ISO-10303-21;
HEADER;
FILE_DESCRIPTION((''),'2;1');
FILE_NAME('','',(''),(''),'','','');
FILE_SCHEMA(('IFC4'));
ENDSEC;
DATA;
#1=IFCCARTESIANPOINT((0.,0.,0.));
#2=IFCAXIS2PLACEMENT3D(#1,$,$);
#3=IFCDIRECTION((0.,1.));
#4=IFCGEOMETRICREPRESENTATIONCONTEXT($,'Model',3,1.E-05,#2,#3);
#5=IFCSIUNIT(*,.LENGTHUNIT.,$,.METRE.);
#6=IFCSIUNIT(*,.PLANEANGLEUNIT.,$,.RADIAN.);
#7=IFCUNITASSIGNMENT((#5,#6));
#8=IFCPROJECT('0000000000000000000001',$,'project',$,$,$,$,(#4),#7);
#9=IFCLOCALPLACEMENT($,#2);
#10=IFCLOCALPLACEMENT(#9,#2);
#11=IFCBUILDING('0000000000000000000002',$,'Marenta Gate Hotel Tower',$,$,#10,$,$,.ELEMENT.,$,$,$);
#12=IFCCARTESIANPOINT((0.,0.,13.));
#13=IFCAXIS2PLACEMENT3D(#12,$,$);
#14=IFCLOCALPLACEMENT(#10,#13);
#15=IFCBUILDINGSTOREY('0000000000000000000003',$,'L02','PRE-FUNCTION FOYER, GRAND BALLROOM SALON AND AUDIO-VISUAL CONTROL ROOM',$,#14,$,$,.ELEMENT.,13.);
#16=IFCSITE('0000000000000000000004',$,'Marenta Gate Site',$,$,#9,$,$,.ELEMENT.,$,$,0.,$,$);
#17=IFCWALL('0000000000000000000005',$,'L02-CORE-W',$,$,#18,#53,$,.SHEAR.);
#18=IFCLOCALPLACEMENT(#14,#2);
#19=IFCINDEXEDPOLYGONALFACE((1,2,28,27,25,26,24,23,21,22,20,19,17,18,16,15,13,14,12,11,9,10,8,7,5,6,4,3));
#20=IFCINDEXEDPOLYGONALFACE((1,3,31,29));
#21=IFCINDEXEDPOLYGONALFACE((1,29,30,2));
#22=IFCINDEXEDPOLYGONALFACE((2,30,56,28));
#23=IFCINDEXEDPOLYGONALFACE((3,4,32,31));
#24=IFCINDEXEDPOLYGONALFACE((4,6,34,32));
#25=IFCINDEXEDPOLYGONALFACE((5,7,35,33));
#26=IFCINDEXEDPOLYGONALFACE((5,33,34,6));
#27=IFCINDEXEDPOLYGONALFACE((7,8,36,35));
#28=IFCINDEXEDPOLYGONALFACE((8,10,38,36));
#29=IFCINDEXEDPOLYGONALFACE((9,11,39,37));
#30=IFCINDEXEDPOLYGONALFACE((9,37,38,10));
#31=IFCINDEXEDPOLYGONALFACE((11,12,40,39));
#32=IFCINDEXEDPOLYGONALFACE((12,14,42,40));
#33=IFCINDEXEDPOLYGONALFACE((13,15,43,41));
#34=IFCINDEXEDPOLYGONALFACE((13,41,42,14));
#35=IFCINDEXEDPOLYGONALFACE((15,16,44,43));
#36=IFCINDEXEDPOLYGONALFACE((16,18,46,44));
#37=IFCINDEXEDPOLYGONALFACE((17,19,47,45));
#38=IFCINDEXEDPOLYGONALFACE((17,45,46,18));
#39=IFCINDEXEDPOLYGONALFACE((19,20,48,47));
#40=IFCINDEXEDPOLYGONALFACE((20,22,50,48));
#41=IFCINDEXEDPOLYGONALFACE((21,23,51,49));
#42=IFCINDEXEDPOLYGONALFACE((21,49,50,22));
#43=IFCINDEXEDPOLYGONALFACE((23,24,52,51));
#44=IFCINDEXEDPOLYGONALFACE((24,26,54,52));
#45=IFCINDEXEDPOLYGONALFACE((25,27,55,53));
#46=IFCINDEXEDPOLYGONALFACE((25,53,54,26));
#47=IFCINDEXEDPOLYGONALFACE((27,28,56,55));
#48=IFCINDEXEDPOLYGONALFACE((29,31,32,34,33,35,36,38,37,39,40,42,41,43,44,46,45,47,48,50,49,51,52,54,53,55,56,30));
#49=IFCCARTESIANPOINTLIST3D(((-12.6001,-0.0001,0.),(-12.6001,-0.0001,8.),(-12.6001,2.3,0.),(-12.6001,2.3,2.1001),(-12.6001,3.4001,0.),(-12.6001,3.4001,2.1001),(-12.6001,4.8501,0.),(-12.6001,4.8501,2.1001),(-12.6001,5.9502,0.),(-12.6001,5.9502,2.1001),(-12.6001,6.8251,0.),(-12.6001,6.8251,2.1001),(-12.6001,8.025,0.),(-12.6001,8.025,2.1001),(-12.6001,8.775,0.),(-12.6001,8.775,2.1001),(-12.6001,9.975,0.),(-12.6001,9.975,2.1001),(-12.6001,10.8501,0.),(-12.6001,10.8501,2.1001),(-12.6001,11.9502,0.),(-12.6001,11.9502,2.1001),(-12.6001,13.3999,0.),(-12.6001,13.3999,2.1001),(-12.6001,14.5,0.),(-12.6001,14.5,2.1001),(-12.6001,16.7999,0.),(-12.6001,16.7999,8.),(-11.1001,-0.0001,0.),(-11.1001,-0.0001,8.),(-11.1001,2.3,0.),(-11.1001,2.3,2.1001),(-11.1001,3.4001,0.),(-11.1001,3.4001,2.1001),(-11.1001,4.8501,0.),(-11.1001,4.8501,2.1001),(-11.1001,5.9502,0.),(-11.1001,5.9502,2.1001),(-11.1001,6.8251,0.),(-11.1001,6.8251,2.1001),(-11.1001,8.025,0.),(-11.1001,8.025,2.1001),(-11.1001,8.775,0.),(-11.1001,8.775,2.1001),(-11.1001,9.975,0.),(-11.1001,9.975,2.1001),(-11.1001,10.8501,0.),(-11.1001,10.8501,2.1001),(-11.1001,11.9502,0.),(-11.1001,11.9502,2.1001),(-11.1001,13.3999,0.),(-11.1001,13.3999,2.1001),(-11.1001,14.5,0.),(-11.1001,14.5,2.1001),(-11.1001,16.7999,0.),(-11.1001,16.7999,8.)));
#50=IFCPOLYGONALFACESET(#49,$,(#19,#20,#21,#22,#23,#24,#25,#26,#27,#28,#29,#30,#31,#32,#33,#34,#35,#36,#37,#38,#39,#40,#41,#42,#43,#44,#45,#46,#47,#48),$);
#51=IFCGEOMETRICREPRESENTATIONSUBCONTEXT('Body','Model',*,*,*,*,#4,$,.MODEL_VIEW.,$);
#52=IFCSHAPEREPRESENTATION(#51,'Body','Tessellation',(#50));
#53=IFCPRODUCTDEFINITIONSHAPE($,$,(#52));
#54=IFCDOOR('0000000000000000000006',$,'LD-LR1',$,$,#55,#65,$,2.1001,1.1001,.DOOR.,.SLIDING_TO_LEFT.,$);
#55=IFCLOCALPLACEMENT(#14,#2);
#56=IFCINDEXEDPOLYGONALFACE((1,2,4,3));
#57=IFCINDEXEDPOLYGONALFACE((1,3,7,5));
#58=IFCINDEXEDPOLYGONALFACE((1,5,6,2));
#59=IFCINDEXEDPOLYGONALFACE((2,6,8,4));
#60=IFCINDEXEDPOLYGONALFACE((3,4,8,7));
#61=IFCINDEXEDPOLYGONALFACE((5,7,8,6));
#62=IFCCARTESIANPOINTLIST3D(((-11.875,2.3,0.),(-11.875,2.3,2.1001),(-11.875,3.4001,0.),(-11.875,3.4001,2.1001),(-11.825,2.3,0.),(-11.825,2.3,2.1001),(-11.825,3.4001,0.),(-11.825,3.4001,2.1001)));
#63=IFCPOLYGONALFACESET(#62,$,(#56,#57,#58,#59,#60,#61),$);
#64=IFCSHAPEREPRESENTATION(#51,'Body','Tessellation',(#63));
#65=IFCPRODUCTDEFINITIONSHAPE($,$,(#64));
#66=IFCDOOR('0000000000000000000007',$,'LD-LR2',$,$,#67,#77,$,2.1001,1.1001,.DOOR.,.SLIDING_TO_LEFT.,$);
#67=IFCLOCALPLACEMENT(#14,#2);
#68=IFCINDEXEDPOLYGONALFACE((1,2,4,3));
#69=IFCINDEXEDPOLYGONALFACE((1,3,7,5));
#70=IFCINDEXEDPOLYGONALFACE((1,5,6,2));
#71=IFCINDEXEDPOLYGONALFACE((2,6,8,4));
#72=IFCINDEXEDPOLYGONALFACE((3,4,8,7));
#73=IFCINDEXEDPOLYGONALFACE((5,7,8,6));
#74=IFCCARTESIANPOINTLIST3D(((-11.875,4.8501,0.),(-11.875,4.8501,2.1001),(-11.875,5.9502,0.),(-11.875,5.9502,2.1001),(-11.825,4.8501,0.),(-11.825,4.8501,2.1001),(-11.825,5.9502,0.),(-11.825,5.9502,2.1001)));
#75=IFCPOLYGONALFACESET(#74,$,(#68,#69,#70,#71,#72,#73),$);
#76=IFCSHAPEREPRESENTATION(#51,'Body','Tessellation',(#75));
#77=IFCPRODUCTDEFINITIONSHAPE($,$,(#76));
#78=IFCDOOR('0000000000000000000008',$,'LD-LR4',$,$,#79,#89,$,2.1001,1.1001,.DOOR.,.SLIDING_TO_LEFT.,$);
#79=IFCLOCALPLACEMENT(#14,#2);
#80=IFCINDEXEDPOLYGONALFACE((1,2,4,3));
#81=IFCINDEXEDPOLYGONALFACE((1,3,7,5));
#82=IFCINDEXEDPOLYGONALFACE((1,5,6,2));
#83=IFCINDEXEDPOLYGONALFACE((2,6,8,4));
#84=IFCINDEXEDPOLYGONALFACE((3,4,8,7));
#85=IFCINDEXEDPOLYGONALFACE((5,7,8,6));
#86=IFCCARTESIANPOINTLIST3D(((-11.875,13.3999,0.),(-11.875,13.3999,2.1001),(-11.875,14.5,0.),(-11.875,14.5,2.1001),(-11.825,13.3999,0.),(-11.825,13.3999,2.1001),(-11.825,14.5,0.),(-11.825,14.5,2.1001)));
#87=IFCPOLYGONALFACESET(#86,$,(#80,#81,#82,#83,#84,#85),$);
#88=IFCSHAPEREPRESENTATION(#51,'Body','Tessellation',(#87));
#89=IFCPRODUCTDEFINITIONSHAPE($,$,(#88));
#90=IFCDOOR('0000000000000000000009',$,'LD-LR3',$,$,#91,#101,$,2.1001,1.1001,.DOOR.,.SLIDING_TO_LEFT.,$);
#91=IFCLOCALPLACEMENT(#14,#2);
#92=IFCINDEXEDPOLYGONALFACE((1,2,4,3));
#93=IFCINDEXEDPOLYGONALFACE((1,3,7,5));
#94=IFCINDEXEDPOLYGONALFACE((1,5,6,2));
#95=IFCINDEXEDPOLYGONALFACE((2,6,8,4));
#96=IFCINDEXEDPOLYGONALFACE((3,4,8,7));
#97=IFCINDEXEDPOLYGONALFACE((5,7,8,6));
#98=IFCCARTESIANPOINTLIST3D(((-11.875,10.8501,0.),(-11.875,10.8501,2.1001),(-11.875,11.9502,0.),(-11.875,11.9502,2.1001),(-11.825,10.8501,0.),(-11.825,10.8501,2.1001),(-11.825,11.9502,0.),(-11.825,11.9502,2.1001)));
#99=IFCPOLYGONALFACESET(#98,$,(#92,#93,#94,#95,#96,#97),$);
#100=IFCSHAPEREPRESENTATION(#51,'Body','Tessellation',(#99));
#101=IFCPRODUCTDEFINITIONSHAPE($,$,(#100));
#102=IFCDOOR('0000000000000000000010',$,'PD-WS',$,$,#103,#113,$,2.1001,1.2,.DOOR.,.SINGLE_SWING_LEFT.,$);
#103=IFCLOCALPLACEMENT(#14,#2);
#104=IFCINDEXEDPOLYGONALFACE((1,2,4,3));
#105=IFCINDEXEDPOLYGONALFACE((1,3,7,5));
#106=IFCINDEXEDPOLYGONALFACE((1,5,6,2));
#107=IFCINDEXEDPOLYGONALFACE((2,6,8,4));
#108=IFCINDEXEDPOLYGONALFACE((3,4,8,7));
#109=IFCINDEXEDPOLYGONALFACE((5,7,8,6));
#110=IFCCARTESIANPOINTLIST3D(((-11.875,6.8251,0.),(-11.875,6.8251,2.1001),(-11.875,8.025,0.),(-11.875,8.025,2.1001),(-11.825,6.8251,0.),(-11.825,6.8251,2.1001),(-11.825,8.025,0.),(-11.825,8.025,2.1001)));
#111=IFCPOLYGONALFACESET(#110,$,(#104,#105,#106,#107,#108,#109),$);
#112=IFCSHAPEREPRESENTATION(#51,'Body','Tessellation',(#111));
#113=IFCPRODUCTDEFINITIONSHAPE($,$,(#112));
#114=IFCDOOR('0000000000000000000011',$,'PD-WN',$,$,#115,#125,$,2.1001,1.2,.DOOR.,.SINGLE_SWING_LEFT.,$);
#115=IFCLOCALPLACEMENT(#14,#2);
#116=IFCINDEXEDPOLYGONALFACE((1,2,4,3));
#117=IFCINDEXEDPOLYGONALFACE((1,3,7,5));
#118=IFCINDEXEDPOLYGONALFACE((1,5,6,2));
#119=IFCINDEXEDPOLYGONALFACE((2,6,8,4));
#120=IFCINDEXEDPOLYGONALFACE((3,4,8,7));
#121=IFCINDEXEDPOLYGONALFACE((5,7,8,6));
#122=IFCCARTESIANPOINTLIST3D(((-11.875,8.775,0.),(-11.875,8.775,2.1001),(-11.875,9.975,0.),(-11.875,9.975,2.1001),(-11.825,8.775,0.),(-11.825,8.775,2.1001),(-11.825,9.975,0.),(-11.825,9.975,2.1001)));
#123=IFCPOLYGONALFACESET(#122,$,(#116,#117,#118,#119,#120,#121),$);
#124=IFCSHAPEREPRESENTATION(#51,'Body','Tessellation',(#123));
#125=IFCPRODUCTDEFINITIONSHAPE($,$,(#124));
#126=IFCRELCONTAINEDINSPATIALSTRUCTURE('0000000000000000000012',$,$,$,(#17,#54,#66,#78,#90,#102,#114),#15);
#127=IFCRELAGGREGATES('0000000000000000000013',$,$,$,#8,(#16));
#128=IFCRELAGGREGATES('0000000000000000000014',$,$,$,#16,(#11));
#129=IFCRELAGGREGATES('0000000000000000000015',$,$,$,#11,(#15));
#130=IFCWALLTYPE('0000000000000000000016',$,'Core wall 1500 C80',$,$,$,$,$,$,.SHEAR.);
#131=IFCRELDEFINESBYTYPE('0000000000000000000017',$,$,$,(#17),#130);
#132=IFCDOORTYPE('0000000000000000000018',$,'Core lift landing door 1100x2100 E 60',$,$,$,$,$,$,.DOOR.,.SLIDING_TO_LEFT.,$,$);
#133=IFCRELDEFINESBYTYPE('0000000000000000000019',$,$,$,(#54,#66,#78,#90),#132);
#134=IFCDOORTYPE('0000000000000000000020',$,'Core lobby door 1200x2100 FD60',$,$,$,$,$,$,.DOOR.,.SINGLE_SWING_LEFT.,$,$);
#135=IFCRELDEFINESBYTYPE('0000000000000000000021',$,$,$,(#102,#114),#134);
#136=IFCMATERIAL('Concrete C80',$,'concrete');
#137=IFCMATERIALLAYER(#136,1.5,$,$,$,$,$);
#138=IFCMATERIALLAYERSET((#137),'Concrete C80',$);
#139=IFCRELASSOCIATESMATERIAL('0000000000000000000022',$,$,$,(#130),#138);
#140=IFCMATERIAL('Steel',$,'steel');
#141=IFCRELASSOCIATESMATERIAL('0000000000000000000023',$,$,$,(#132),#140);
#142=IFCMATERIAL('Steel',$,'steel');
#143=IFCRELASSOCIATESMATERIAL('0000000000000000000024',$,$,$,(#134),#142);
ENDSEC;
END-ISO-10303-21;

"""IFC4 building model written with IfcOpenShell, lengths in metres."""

from ifc_helpers import new_model, si_unit, direction, frame, frame_2d, origin, place, context, subcontext, project, spatial, rectangle, extrude, material, layer, layer_set, type_object, element, fill, save


model = new_model("IFC4")

# Units and contexts
model_context = context("Model", 3, precision=1e-05, world=origin(), true_north=direction((0.0, 1.0)))
body_context = subcontext(model_context, "Body", "Model", "MODEL_VIEW")
ifc_project = project(units=[si_unit("LENGTHUNIT", "METRE"), si_unit("PLANEANGLEUNIT", "RADIAN")], contexts=[model_context])

# Site, building, storey
site_placement = place(None, origin())
site = spatial("IfcSite", under=ifc_project, at=site_placement, Name="Marenta Gate Site", CompositionType="ELEMENT", RefElevation=0.0)
building_placement = place(site_placement, origin())
building = spatial("IfcBuilding", under=site, at=building_placement, Name="Marenta Gate Hotel Tower", CompositionType="ELEMENT")
storey_placement = place(building_placement, frame((0.0, 0.0, 13.0)))
storey = spatial("IfcBuildingStorey", under=building, at=storey_placement, Name="L02", Description="PRE-FUNCTION FOYER, GRAND BALLROOM SALON AND AUDIO-VISUAL CONTROL ROOM", CompositionType="ELEMENT", Elevation=13.0)

# Wall, openings, doors
ifc_material_1 = material(Name="Concrete C80", Category="concrete")
ifc_layer_1 = layer(ifc_material_1, 1.5)
ifc_layer_set_1 = layer_set([ifc_layer_1], Name="Concrete C80")
wall_type_1 = type_object("IfcWallType", Name="Core wall 1500 C80", PredefinedType="SHEAR", material=ifc_layer_set_1)
wall_1_placement = place(storey_placement, frame((-11.8501, 0.0, 0.0), z_axis=(0.0, 0.0, 1.0), x_axis=(0.0, 1.0, 0.0)))
wall_1 = element("IfcWall", 1, at=wall_1_placement, inside=storey, type_object=wall_type_1, Name="L02-CORE-W", PredefinedType="SHEAR", context=body_context, shape_type="SweptSolid", body=[
    extrude(rectangle(XDim=16.8, YDim=1.5, at=frame_2d((8.3999, 0.0))), origin(), (0.0, 0.0, 1.0), 8.0),
])
opening_1_placement = place(wall_1_placement, frame((2.3, 0.0, 0.0)))
opening_1 = element("IfcOpeningElement", 2, at=opening_1_placement, cuts=wall_1, PredefinedType="OPENING", context=body_context, shape_type="SweptSolid", body=[
    extrude(rectangle(XDim=1.1001, YDim=2.1001, at=frame_2d((0.55, 1.05))), frame((0.0, 0.75, 0.0), z_axis=(0.0, -1.0, 0.0), x_axis=(1.0, 0.0, 0.0)), (0.0, 0.0, 1.0), 1.5),
])
opening_2_placement = place(wall_1_placement, frame((4.8501, 0.0, 0.0)))
opening_2 = element("IfcOpeningElement", 3, at=opening_2_placement, cuts=wall_1, PredefinedType="OPENING", context=body_context, shape_type="SweptSolid", body=[
    extrude(rectangle(XDim=1.1001, YDim=2.1001, at=frame_2d((0.55, 1.05))), frame((0.0, 0.75, 0.0), z_axis=(0.0, -1.0, 0.0), x_axis=(1.0, 0.0, 0.0)), (0.0, 0.0, 1.0), 1.5),
])
opening_3_placement = place(wall_1_placement, frame((6.825, 0.0, 0.0)))
opening_3 = element("IfcOpeningElement", 4, at=opening_3_placement, cuts=wall_1, PredefinedType="OPENING", context=body_context, shape_type="SweptSolid", body=[
    extrude(rectangle(XDim=1.2, YDim=2.1001, at=frame_2d((0.6001, 1.05))), frame((0.0, 0.75, 0.0), z_axis=(0.0, -1.0, 0.0), x_axis=(1.0, 0.0, 0.0)), (0.0, 0.0, 1.0), 1.5),
])
opening_4_placement = place(wall_1_placement, frame((13.3999, 0.0, 0.0)))
opening_4 = element("IfcOpeningElement", 5, at=opening_4_placement, cuts=wall_1, PredefinedType="OPENING", context=body_context, shape_type="SweptSolid", body=[
    extrude(rectangle(XDim=1.1001, YDim=2.1001, at=frame_2d((0.55, 1.05))), frame((0.0, 0.75, 0.0), z_axis=(0.0, -1.0, 0.0), x_axis=(1.0, 0.0, 0.0)), (0.0, 0.0, 1.0), 1.5),
])
opening_5_placement = place(wall_1_placement, frame((10.8501, 0.0, 0.0)))
opening_5 = element("IfcOpeningElement", 6, at=opening_5_placement, cuts=wall_1, PredefinedType="OPENING", context=body_context, shape_type="SweptSolid", body=[
    extrude(rectangle(XDim=1.1001, YDim=2.1001, at=frame_2d((0.55, 1.05))), frame((0.0, 0.75, 0.0), z_axis=(0.0, -1.0, 0.0), x_axis=(1.0, 0.0, 0.0)), (0.0, 0.0, 1.0), 1.5),
])
opening_6_placement = place(wall_1_placement, frame((8.7749, 0.0, 0.0)))
opening_6 = element("IfcOpeningElement", 7, at=opening_6_placement, cuts=wall_1, PredefinedType="OPENING", context=body_context, shape_type="SweptSolid", body=[
    extrude(rectangle(XDim=1.2, YDim=2.1001, at=frame_2d((0.6001, 1.05))), frame((0.0, 0.75, 0.0), z_axis=(0.0, -1.0, 0.0), x_axis=(1.0, 0.0, 0.0)), (0.0, 0.0, 1.0), 1.5),
])
ifc_material_2 = material(Name="Steel", Category="steel")
door_type_1 = type_object("IfcDoorType", Name="Core lift landing door 1100x2100 E 60", OperationType="SLIDING_TO_LEFT", PredefinedType="DOOR", material=ifc_material_2)
door_1_placement = place(opening_1_placement, origin())
door_1 = element("IfcDoor", 8, at=door_1_placement, inside=storey, type_object=door_type_1, Name="LD-LR1", OperationType="SLIDING_TO_LEFT", OverallHeight=2.1001, OverallWidth=1.1001, PredefinedType="DOOR", context=body_context, shape_type="SweptSolid", body=[
    extrude(rectangle(XDim=1.1001, YDim=2.1001, at=frame_2d((0.55, 1.05))), frame((0.0, 0.0249, 0.0), z_axis=(0.0, -1.0, 0.0), x_axis=(1.0, 0.0, 0.0)), (0.0, 0.0, 1.0), 0.05),
])
fill(opening_1, door_1)
door_2_placement = place(opening_2_placement, origin())
door_2 = element("IfcDoor", 9, at=door_2_placement, inside=storey, type_object=door_type_1, Name="LD-LR2", OperationType="SLIDING_TO_LEFT", OverallHeight=2.1001, OverallWidth=1.1001, PredefinedType="DOOR", context=body_context, shape_type="SweptSolid", body=[
    extrude(rectangle(XDim=1.1001, YDim=2.1001, at=frame_2d((0.55, 1.05))), frame((0.0, 0.0249, 0.0), z_axis=(0.0, -1.0, 0.0), x_axis=(1.0, 0.0, 0.0)), (0.0, 0.0, 1.0), 0.05),
])
fill(opening_2, door_2)
door_3_placement = place(opening_4_placement, origin())
door_3 = element("IfcDoor", 10, at=door_3_placement, inside=storey, type_object=door_type_1, Name="LD-LR4", OperationType="SLIDING_TO_LEFT", OverallHeight=2.1001, OverallWidth=1.1001, PredefinedType="DOOR", context=body_context, shape_type="SweptSolid", body=[
    extrude(rectangle(XDim=1.1001, YDim=2.1001, at=frame_2d((0.55, 1.05))), frame((0.0, 0.0249, 0.0), z_axis=(0.0, -1.0, 0.0), x_axis=(1.0, 0.0, 0.0)), (0.0, 0.0, 1.0), 0.05),
])
fill(opening_4, door_3)
door_4_placement = place(opening_5_placement, origin())
door_4 = element("IfcDoor", 11, at=door_4_placement, inside=storey, type_object=door_type_1, Name="LD-LR3", OperationType="SLIDING_TO_LEFT", OverallHeight=2.1001, OverallWidth=1.1001, PredefinedType="DOOR", context=body_context, shape_type="SweptSolid", body=[
    extrude(rectangle(XDim=1.1001, YDim=2.1001, at=frame_2d((0.55, 1.05))), frame((0.0, 0.0249, 0.0), z_axis=(0.0, -1.0, 0.0), x_axis=(1.0, 0.0, 0.0)), (0.0, 0.0, 1.0), 0.05),
])
fill(opening_5, door_4)
ifc_material_3 = material(Name="Steel", Category="steel")
door_type_2 = type_object("IfcDoorType", Name="Core lobby door 1200x2100 FD60", OperationType="SINGLE_SWING_LEFT", PredefinedType="DOOR", material=ifc_material_3)
door_5_placement = place(opening_3_placement, origin())
door_5 = element("IfcDoor", 12, at=door_5_placement, inside=storey, type_object=door_type_2, Name="PD-WS", OperationType="SINGLE_SWING_LEFT", OverallHeight=2.1001, OverallWidth=1.2, PredefinedType="DOOR", context=body_context, shape_type="SweptSolid", body=[
    extrude(rectangle(XDim=1.2, YDim=2.1001, at=frame_2d((0.6001, 1.05))), frame((0.0, 0.0249, 0.0), z_axis=(0.0, -1.0, 0.0), x_axis=(1.0, 0.0, 0.0)), (0.0, 0.0, 1.0), 0.05),
])
fill(opening_3, door_5)
door_6_placement = place(opening_6_placement, origin())
door_6 = element("IfcDoor", 13, at=door_6_placement, inside=storey, type_object=door_type_2, Name="PD-WN", OperationType="SINGLE_SWING_LEFT", OverallHeight=2.1001, OverallWidth=1.2, PredefinedType="DOOR", context=body_context, shape_type="SweptSolid", body=[
    extrude(rectangle(XDim=1.2, YDim=2.1001, at=frame_2d((0.6001, 1.05))), frame((0.0, 0.0249, 0.0), z_axis=(0.0, -1.0, 0.0), x_axis=(1.0, 0.0, 0.0)), (0.0, 0.0, 1.0), 0.05),
])
fill(opening_6, door_6)

save(model, "model.ifc")
